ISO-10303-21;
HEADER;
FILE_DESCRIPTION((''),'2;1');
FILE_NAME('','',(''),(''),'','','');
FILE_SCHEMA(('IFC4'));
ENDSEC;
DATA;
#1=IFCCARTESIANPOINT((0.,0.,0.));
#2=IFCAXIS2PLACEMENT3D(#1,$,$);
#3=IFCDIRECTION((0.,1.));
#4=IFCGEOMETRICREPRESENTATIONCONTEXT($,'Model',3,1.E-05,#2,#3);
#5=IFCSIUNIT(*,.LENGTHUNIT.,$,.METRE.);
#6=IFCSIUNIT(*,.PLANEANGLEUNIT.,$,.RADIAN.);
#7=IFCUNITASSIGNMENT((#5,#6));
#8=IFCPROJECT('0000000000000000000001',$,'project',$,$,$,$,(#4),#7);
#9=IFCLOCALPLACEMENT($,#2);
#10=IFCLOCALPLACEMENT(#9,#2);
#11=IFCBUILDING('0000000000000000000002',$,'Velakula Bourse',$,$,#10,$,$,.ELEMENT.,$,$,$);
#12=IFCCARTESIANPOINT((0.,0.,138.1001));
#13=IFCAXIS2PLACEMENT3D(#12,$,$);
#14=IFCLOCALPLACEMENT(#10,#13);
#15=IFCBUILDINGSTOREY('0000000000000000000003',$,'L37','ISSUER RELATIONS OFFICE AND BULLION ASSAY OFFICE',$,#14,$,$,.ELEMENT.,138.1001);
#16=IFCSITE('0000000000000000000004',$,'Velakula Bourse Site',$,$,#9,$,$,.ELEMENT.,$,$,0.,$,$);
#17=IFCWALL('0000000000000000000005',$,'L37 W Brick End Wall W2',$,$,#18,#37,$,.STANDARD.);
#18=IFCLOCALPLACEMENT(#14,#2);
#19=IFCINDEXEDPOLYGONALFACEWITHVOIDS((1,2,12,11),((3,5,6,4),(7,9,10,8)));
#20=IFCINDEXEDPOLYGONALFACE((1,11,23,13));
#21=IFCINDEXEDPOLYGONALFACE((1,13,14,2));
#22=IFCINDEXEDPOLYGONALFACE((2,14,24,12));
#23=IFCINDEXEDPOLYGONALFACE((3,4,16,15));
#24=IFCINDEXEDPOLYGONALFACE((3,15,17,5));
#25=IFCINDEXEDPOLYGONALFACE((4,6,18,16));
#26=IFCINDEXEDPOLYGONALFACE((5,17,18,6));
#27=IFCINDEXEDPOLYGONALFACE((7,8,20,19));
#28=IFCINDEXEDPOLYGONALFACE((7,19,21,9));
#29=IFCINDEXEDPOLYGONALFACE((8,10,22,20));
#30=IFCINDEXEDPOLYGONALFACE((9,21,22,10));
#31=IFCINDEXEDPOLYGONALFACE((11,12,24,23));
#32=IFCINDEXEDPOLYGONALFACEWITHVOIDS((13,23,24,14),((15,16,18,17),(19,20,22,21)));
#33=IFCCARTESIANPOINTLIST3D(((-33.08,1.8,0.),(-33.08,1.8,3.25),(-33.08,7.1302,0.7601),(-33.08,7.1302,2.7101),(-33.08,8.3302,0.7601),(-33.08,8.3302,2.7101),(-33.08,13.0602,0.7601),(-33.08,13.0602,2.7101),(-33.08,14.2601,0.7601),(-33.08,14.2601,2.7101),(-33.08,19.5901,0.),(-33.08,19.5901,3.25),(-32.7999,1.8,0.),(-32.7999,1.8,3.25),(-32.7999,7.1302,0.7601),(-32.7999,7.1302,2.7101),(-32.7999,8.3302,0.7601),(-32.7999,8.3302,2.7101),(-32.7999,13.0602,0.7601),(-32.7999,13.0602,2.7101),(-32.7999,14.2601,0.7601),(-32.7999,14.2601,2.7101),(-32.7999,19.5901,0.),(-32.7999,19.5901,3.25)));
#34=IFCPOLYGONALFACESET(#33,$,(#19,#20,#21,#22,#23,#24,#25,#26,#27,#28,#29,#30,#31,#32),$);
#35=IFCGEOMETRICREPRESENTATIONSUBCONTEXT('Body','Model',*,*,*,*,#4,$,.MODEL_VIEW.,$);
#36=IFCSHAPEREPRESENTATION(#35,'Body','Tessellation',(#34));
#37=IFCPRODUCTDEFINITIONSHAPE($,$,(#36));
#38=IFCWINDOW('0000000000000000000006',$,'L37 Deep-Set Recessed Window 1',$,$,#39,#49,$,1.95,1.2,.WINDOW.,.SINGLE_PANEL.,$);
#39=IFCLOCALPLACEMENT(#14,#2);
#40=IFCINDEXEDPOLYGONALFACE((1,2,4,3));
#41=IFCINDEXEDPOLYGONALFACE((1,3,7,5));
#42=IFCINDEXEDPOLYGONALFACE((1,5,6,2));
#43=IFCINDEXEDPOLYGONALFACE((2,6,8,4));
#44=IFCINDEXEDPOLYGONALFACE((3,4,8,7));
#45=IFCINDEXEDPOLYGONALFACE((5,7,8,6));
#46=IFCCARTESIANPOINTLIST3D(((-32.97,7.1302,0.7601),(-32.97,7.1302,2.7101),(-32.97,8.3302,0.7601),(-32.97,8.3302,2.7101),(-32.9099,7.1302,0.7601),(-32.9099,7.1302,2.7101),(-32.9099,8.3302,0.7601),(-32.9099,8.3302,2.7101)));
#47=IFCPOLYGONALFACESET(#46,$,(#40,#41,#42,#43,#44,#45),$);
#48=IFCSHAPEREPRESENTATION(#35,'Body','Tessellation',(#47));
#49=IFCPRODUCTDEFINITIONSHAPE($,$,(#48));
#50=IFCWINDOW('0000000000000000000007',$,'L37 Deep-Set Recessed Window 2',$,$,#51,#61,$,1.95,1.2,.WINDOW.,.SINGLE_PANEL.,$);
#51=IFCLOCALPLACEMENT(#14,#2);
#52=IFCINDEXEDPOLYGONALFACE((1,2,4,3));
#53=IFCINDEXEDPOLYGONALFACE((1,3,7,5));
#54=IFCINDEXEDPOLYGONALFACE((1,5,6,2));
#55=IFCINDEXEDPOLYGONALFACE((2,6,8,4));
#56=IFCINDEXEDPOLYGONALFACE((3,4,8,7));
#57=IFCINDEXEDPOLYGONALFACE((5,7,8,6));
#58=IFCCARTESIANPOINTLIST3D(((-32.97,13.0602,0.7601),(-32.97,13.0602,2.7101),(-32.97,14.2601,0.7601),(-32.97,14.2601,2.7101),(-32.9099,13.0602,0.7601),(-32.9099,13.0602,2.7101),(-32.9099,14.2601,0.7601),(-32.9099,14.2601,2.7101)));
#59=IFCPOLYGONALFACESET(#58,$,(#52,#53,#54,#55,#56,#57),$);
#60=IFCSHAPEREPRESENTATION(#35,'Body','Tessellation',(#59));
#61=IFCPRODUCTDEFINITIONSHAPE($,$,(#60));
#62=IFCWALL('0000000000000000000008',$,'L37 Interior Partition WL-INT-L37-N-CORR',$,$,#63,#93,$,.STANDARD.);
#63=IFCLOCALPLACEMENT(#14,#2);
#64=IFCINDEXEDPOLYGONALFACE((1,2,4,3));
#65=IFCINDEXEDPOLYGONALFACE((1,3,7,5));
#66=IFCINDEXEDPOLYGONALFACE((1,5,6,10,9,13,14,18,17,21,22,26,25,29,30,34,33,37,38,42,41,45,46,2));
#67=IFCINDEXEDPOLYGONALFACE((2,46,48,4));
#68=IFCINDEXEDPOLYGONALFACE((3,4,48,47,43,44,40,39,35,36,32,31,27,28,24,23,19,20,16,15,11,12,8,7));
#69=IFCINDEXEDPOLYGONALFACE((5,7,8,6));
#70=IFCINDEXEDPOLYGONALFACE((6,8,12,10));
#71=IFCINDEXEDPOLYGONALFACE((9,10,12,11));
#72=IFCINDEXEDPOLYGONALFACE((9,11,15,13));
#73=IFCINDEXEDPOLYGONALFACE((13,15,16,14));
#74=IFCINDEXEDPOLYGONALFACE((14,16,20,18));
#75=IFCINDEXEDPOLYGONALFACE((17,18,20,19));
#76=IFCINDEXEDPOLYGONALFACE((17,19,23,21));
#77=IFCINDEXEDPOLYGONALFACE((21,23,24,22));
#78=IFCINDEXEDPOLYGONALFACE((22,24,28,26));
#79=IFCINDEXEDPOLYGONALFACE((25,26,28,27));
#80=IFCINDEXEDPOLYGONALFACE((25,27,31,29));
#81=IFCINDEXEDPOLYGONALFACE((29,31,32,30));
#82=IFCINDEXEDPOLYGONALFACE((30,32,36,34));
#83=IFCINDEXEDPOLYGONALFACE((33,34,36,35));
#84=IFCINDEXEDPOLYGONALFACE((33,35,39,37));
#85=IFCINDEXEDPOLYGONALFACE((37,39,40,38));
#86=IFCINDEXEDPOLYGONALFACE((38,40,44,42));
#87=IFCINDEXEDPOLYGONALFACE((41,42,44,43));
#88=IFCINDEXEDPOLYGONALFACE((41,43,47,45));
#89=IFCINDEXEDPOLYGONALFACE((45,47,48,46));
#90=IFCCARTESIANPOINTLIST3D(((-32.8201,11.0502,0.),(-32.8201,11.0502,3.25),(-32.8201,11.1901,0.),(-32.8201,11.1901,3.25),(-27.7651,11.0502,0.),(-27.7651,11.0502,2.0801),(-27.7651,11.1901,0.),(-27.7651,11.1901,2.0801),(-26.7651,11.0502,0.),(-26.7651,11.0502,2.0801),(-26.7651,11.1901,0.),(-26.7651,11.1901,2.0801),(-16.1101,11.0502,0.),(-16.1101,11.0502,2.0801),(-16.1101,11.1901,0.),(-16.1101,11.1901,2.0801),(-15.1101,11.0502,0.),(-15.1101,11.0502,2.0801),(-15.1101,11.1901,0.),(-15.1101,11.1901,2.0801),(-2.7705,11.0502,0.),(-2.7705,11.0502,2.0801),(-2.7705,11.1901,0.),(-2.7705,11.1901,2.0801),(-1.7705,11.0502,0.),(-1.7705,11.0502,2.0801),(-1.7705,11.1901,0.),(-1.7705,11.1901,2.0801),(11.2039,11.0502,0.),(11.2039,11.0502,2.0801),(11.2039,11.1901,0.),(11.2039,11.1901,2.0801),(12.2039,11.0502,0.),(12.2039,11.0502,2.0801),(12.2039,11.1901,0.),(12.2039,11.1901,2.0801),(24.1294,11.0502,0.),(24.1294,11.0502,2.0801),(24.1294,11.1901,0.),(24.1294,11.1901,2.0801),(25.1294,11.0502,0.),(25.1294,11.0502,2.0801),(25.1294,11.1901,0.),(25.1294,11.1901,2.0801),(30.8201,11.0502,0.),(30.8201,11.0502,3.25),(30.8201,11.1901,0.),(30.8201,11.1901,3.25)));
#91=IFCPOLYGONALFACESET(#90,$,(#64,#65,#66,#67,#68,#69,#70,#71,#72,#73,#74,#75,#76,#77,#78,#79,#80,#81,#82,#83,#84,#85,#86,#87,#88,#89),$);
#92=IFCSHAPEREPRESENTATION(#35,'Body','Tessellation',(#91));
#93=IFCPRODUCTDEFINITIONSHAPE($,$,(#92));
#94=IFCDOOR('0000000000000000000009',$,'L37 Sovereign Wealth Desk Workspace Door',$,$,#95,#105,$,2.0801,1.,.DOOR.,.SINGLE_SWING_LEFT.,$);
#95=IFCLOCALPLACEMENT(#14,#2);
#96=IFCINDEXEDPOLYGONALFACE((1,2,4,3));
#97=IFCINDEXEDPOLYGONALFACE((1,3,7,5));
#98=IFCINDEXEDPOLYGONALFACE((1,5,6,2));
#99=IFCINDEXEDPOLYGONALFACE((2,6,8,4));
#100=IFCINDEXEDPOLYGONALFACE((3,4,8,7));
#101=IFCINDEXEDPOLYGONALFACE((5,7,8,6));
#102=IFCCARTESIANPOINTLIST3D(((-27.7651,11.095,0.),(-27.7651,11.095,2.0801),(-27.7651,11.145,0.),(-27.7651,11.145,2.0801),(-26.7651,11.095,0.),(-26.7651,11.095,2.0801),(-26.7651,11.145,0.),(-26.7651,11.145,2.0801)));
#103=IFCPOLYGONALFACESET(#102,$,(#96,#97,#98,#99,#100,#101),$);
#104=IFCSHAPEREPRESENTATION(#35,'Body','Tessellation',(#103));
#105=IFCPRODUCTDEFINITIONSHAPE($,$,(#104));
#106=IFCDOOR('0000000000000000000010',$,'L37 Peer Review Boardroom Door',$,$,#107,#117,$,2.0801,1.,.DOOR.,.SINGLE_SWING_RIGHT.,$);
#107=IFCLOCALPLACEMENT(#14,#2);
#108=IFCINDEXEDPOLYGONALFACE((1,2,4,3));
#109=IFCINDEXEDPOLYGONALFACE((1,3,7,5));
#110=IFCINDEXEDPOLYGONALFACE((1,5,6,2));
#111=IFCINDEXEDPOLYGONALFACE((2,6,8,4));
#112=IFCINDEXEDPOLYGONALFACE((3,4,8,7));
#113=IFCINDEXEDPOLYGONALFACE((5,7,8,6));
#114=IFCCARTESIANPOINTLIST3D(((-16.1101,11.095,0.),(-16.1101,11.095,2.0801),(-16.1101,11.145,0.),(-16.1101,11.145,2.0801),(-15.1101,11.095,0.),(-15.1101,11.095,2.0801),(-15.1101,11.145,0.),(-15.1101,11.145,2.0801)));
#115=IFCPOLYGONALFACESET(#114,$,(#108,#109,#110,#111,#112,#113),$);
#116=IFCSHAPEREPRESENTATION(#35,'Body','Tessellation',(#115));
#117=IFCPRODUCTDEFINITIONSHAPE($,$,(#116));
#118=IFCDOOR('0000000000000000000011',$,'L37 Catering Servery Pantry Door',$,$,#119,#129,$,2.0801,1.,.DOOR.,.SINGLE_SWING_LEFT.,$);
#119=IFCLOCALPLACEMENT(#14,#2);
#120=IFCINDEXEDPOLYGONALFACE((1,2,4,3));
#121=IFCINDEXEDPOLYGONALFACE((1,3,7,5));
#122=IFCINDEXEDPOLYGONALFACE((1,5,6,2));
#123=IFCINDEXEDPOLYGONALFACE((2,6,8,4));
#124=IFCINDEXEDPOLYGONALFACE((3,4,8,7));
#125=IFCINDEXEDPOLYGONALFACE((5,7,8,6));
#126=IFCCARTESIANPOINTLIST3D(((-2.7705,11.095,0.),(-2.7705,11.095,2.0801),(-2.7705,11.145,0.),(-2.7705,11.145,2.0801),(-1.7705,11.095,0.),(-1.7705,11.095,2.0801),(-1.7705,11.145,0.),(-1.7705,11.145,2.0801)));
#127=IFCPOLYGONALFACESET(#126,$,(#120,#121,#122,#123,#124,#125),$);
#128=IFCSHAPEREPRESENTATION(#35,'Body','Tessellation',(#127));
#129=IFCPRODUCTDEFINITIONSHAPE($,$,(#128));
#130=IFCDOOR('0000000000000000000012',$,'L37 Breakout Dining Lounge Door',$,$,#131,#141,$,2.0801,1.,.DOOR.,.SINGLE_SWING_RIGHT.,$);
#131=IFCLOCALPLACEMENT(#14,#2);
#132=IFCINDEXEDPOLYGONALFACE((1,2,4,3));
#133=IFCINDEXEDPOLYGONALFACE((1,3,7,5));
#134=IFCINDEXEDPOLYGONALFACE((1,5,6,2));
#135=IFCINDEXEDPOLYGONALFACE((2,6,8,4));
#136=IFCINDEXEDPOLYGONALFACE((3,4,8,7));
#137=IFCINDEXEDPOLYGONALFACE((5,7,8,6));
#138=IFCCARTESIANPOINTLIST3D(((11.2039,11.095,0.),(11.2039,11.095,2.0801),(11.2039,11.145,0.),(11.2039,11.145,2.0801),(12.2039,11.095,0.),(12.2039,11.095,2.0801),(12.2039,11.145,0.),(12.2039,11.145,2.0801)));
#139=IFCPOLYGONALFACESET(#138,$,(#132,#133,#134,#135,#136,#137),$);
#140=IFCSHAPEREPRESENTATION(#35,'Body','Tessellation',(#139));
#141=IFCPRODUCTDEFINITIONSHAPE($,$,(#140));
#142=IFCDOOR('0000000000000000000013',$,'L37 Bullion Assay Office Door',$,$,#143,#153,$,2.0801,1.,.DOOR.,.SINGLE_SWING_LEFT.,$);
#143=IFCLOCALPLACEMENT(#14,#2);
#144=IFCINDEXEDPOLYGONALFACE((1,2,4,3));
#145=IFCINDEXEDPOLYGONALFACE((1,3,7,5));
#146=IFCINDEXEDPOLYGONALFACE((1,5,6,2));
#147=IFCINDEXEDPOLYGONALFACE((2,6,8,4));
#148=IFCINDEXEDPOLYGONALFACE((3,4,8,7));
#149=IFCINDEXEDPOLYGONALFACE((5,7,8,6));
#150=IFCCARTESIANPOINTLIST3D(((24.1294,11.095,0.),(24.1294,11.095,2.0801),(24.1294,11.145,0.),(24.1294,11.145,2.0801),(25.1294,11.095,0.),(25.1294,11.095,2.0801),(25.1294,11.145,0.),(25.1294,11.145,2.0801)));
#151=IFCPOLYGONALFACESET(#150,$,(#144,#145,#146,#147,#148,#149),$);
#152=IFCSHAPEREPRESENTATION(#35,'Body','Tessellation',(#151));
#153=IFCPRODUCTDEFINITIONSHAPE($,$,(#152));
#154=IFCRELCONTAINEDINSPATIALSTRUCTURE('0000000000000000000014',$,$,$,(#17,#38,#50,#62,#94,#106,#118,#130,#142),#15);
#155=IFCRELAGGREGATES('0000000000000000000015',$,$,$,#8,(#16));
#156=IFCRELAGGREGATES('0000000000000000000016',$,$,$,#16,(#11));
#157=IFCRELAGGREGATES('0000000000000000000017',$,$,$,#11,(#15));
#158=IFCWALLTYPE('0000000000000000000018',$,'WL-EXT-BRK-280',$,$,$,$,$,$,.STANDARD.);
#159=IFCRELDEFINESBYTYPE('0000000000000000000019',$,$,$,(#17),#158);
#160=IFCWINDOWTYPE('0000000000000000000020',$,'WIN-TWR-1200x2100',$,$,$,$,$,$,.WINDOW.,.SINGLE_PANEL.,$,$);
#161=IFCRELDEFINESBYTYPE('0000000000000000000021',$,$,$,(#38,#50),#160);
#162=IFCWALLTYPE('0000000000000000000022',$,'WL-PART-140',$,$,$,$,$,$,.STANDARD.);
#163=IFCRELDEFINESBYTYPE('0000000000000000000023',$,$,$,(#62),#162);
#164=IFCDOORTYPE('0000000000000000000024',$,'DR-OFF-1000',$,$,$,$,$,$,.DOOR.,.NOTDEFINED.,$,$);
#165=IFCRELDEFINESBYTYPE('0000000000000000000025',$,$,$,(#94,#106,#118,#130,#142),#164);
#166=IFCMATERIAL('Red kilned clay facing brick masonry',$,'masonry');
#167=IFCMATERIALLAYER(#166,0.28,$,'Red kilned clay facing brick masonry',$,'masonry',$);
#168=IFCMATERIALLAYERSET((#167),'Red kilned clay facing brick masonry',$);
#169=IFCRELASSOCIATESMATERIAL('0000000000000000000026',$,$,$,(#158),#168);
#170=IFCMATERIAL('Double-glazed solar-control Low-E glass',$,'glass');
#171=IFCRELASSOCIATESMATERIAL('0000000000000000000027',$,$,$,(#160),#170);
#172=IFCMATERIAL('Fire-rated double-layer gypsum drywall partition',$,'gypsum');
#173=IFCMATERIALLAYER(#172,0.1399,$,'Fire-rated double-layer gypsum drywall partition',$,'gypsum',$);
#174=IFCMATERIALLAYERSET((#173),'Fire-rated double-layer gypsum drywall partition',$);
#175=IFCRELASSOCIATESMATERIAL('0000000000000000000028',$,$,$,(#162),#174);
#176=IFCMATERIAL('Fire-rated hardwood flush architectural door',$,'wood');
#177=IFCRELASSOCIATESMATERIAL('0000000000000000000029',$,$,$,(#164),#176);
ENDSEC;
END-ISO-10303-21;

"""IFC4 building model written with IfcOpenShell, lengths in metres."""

from ifc_helpers import new_model, si_unit, direction, frame, frame_2d, origin, place, context, subcontext, project, spatial, rectangle, extrude, material, layer, layer_set, type_object, element, fill, save


model = new_model("IFC4")

# Units and contexts
model_context = context("Model", 3, precision=1e-05, world=origin(), true_north=direction((0.0, 1.0)))
body_context = subcontext(model_context, "Body", "Model", "MODEL_VIEW")
ifc_project = project(units=[si_unit("LENGTHUNIT", "METRE"), si_unit("PLANEANGLEUNIT", "RADIAN")], contexts=[model_context])

# Site, building, storey
site_placement = place(None, origin())
site = spatial("IfcSite", under=ifc_project, at=site_placement, Name="Velakula Bourse Site", CompositionType="ELEMENT", RefElevation=0.0)
building_placement = place(site_placement, origin())
building = spatial("IfcBuilding", under=site, at=building_placement, Name="Velakula Bourse", CompositionType="ELEMENT")
storey_placement = place(building_placement, frame((0.0, 0.0, 138.1001)))
storey = spatial("IfcBuildingStorey", under=building, at=storey_placement, Name="L37", Description="ISSUER RELATIONS OFFICE AND BULLION ASSAY OFFICE", CompositionType="ELEMENT", Elevation=138.1001)

# Wall, openings, windows
ifc_material_1 = material(Name="Red kilned clay facing brick masonry", Category="masonry")
ifc_layer_1 = layer(ifc_material_1, 0.28, Name="Red kilned clay facing brick masonry", Category="masonry")
ifc_layer_set_1 = layer_set([ifc_layer_1], Name="Red kilned clay facing brick masonry")
wall_type_1 = type_object("IfcWallType", Name="WL-EXT-BRK-280", PredefinedType="STANDARD", material=ifc_layer_set_1)
wall_1_placement = place(storey_placement, frame((-32.9399, 1.8, 0.0), z_axis=(0.0, 0.0, 1.0), x_axis=(0.0, 1.0, 0.0)))
wall_1 = element("IfcWall", 1, at=wall_1_placement, inside=storey, type_object=wall_type_1, Name="L37 W Brick End Wall W2", PredefinedType="STANDARD", context=body_context, shape_type="SweptSolid", body=[
    extrude(rectangle(XDim=17.79, YDim=0.28, at=frame_2d((8.895, 0.0))), origin(), (0.0, 0.0, 1.0), 3.25),
])
opening_1_placement = place(wall_1_placement, frame((5.3301, 0.0, 0.76)))
opening_1 = element("IfcOpeningElement", 2, at=opening_1_placement, cuts=wall_1, PredefinedType="OPENING", context=body_context, shape_type="SweptSolid", body=[
    extrude(rectangle(XDim=1.2, YDim=1.95, at=frame_2d((0.6001, 0.9751))), frame((0.0, 0.1499, 0.0), z_axis=(0.0, -1.0, 0.0), x_axis=(1.0, 0.0, 0.0)), (0.0, 0.0, 1.0), 0.3),
])
opening_2_placement = place(wall_1_placement, frame((11.26, 0.0, 0.76)))
opening_2 = element("IfcOpeningElement", 3, at=opening_2_placement, cuts=wall_1, PredefinedType="OPENING", context=body_context, shape_type="SweptSolid", body=[
    extrude(rectangle(XDim=1.2, YDim=1.95, at=frame_2d((0.6001, 0.9751))), frame((0.0, 0.1499, 0.0), z_axis=(0.0, -1.0, 0.0), x_axis=(1.0, 0.0, 0.0)), (0.0, 0.0, 1.0), 0.3),
])
ifc_material_2 = material(Name="Double-glazed solar-control Low-E glass", Category="glass")
window_type = type_object("IfcWindowType", Name="WIN-TWR-1200x2100", PartitioningType="SINGLE_PANEL", PredefinedType="WINDOW", material=ifc_material_2)
window_1_placement = place(opening_1_placement, origin())
window_1 = element("IfcWindow", 4, at=window_1_placement, inside=storey, type_object=window_type, Name="L37 Deep-Set Recessed Window 1", OverallHeight=1.95, OverallWidth=1.2, PartitioningType="SINGLE_PANEL", PredefinedType="WINDOW", context=body_context, shape_type="SweptSolid", body=[
    extrude(rectangle(XDim=1.2, YDim=1.95, at=frame_2d((0.6001, 0.9751))), frame((0.0, 0.03, 0.0), z_axis=(0.0, -1.0, 0.0), x_axis=(1.0, 0.0, 0.0)), (0.0, 0.0, 1.0), 0.0601),
])
fill(opening_1, window_1)
window_2_placement = place(opening_2_placement, origin())
window_2 = element("IfcWindow", 5, at=window_2_placement, inside=storey, type_object=window_type, Name="L37 Deep-Set Recessed Window 2", OverallHeight=1.95, OverallWidth=1.2, PartitioningType="SINGLE_PANEL", PredefinedType="WINDOW", context=body_context, shape_type="SweptSolid", body=[
    extrude(rectangle(XDim=1.2, YDim=1.95, at=frame_2d((0.6001, 0.9751))), frame((0.0, 0.03, 0.0), z_axis=(0.0, -1.0, 0.0), x_axis=(1.0, 0.0, 0.0)), (0.0, 0.0, 1.0), 0.0601),
])
fill(opening_2, window_2)

# Wall, openings, doors
ifc_material_3 = material(Name="Fire-rated double-layer gypsum drywall partition", Category="gypsum")
ifc_layer_2 = layer(ifc_material_3, 0.1399, Name="Fire-rated double-layer gypsum drywall partition", Category="gypsum")
ifc_layer_set_2 = layer_set([ifc_layer_2], Name="Fire-rated double-layer gypsum drywall partition")
wall_type_2 = type_object("IfcWallType", Name="WL-PART-140", PredefinedType="STANDARD", material=ifc_layer_set_2)
wall_2_placement = place(storey_placement, frame((-32.8201, 11.1201, 0.0), z_axis=(0.0, 0.0, 1.0), x_axis=(1.0, 0.0, 0.0)))
wall_2 = element("IfcWall", 6, at=wall_2_placement, inside=storey, type_object=wall_type_2, Name="L37 Interior Partition WL-INT-L37-N-CORR", PredefinedType="STANDARD", context=body_context, shape_type="SweptSolid", body=[
    extrude(rectangle(XDim=63.6401, YDim=0.1399, at=frame_2d((31.8201, 0.0))), origin(), (0.0, 0.0, 1.0), 3.25),
])
opening_3_placement = place(wall_2_placement, frame((5.0549, 0.0, 0.0)))
opening_3 = element("IfcOpeningElement", 7, at=opening_3_placement, cuts=wall_2, PredefinedType="OPENING", context=body_context, shape_type="SweptSolid", body=[
    extrude(rectangle(XDim=1.0, YDim=2.0801, at=frame_2d((0.5, 1.04))), frame((0.0, 0.0798, 0.0), z_axis=(0.0, -1.0, 0.0), x_axis=(1.0, 0.0, 0.0)), (0.0, 0.0, 1.0), 0.1599),
])
opening_4_placement = place(wall_2_placement, frame((16.71, 0.0, 0.0)))
opening_4 = element("IfcOpeningElement", 8, at=opening_4_placement, cuts=wall_2, PredefinedType="OPENING", context=body_context, shape_type="SweptSolid", body=[
    extrude(rectangle(XDim=1.0, YDim=2.0801, at=frame_2d((0.5, 1.04))), frame((0.0, 0.0798, 0.0), z_axis=(0.0, -1.0, 0.0), x_axis=(1.0, 0.0, 0.0)), (0.0, 0.0, 1.0), 0.1599),
])
opening_5_placement = place(wall_2_placement, frame((30.0496, 0.0, 0.0)))
opening_5 = element("IfcOpeningElement", 9, at=opening_5_placement, cuts=wall_2, PredefinedType="OPENING", context=body_context, shape_type="SweptSolid", body=[
    extrude(rectangle(XDim=1.0, YDim=2.0801, at=frame_2d((0.5, 1.04))), frame((0.0, 0.0798, 0.0), z_axis=(0.0, -1.0, 0.0), x_axis=(1.0, 0.0, 0.0)), (0.0, 0.0, 1.0), 0.1599),
])
opening_6_placement = place(wall_2_placement, frame((44.0239, 0.0, 0.0)))
opening_6 = element("IfcOpeningElement", 10, at=opening_6_placement, cuts=wall_2, PredefinedType="OPENING", context=body_context, shape_type="SweptSolid", body=[
    extrude(rectangle(XDim=1.0, YDim=2.0801, at=frame_2d((0.5, 1.04))), frame((0.0, 0.0798, 0.0), z_axis=(0.0, -1.0, 0.0), x_axis=(1.0, 0.0, 0.0)), (0.0, 0.0, 1.0), 0.1599),
])
opening_7_placement = place(wall_2_placement, frame((56.9495, 0.0, 0.0)))
opening_7 = element("IfcOpeningElement", 11, at=opening_7_placement, cuts=wall_2, PredefinedType="OPENING", context=body_context, shape_type="SweptSolid", body=[
    extrude(rectangle(XDim=1.0, YDim=2.0801, at=frame_2d((0.5, 1.04))), frame((0.0, 0.0798, 0.0), z_axis=(0.0, -1.0, 0.0), x_axis=(1.0, 0.0, 0.0)), (0.0, 0.0, 1.0), 0.1599),
])
ifc_material_4 = material(Name="Fire-rated hardwood flush architectural door", Category="wood")
door_type = type_object("IfcDoorType", Name="DR-OFF-1000", OperationType="NOTDEFINED", PredefinedType="DOOR", material=ifc_material_4)
door_1_placement = place(opening_3_placement, origin())
door_1 = element("IfcDoor", 12, at=door_1_placement, inside=storey, type_object=door_type, Name="L37 Sovereign Wealth Desk Workspace Door", OperationType="SINGLE_SWING_LEFT", OverallHeight=2.0801, OverallWidth=1.0, PredefinedType="DOOR", context=body_context, shape_type="SweptSolid", body=[
    extrude(rectangle(XDim=1.0, YDim=2.0801, at=frame_2d((0.5, 1.04))), frame((0.0, 0.0249, 0.0), z_axis=(0.0, -1.0, 0.0), x_axis=(1.0, 0.0, 0.0)), (0.0, 0.0, 1.0), 0.05),
])
fill(opening_3, door_1)
door_2_placement = place(opening_4_placement, origin())
door_2 = element("IfcDoor", 13, at=door_2_placement, inside=storey, type_object=door_type, Name="L37 Peer Review Boardroom Door", OperationType="SINGLE_SWING_RIGHT", OverallHeight=2.0801, OverallWidth=1.0, PredefinedType="DOOR", context=body_context, shape_type="SweptSolid", body=[
    extrude(rectangle(XDim=1.0, YDim=2.0801, at=frame_2d((0.5, 1.04))), frame((0.0, 0.0249, 0.0), z_axis=(0.0, -1.0, 0.0), x_axis=(1.0, 0.0, 0.0)), (0.0, 0.0, 1.0), 0.05),
])
fill(opening_4, door_2)
door_3_placement = place(opening_5_placement, origin())
door_3 = element("IfcDoor", 14, at=door_3_placement, inside=storey, type_object=door_type, Name="L37 Catering Servery Pantry Door", OperationType="SINGLE_SWING_LEFT", OverallHeight=2.0801, OverallWidth=1.0, PredefinedType="DOOR", context=body_context, shape_type="SweptSolid", body=[
    extrude(rectangle(XDim=1.0, YDim=2.0801, at=frame_2d((0.5, 1.04))), frame((0.0, 0.0249, 0.0), z_axis=(0.0, -1.0, 0.0), x_axis=(1.0, 0.0, 0.0)), (0.0, 0.0, 1.0), 0.05),
])
fill(opening_5, door_3)
door_4_placement = place(opening_6_placement, origin())
door_4 = element("IfcDoor", 15, at=door_4_placement, inside=storey, type_object=door_type, Name="L37 Breakout Dining Lounge Door", OperationType="SINGLE_SWING_RIGHT", OverallHeight=2.0801, OverallWidth=1.0, PredefinedType="DOOR", context=body_context, shape_type="SweptSolid", body=[
    extrude(rectangle(XDim=1.0, YDim=2.0801, at=frame_2d((0.5, 1.04))), frame((0.0, 0.0249, 0.0), z_axis=(0.0, -1.0, 0.0), x_axis=(1.0, 0.0, 0.0)), (0.0, 0.0, 1.0), 0.05),
])
fill(opening_6, door_4)
door_5_placement = place(opening_7_placement, origin())
door_5 = element("IfcDoor", 16, at=door_5_placement, inside=storey, type_object=door_type, Name="L37 Bullion Assay Office Door", OperationType="SINGLE_SWING_LEFT", OverallHeight=2.0801, OverallWidth=1.0, PredefinedType="DOOR", context=body_context, shape_type="SweptSolid", body=[
    extrude(rectangle(XDim=1.0, YDim=2.0801, at=frame_2d((0.5, 1.04))), frame((0.0, 0.0249, 0.0), z_axis=(0.0, -1.0, 0.0), x_axis=(1.0, 0.0, 0.0)), (0.0, 0.0, 1.0), 0.05),
])
fill(opening_7, door_5)

save(model, "model.ifc")
